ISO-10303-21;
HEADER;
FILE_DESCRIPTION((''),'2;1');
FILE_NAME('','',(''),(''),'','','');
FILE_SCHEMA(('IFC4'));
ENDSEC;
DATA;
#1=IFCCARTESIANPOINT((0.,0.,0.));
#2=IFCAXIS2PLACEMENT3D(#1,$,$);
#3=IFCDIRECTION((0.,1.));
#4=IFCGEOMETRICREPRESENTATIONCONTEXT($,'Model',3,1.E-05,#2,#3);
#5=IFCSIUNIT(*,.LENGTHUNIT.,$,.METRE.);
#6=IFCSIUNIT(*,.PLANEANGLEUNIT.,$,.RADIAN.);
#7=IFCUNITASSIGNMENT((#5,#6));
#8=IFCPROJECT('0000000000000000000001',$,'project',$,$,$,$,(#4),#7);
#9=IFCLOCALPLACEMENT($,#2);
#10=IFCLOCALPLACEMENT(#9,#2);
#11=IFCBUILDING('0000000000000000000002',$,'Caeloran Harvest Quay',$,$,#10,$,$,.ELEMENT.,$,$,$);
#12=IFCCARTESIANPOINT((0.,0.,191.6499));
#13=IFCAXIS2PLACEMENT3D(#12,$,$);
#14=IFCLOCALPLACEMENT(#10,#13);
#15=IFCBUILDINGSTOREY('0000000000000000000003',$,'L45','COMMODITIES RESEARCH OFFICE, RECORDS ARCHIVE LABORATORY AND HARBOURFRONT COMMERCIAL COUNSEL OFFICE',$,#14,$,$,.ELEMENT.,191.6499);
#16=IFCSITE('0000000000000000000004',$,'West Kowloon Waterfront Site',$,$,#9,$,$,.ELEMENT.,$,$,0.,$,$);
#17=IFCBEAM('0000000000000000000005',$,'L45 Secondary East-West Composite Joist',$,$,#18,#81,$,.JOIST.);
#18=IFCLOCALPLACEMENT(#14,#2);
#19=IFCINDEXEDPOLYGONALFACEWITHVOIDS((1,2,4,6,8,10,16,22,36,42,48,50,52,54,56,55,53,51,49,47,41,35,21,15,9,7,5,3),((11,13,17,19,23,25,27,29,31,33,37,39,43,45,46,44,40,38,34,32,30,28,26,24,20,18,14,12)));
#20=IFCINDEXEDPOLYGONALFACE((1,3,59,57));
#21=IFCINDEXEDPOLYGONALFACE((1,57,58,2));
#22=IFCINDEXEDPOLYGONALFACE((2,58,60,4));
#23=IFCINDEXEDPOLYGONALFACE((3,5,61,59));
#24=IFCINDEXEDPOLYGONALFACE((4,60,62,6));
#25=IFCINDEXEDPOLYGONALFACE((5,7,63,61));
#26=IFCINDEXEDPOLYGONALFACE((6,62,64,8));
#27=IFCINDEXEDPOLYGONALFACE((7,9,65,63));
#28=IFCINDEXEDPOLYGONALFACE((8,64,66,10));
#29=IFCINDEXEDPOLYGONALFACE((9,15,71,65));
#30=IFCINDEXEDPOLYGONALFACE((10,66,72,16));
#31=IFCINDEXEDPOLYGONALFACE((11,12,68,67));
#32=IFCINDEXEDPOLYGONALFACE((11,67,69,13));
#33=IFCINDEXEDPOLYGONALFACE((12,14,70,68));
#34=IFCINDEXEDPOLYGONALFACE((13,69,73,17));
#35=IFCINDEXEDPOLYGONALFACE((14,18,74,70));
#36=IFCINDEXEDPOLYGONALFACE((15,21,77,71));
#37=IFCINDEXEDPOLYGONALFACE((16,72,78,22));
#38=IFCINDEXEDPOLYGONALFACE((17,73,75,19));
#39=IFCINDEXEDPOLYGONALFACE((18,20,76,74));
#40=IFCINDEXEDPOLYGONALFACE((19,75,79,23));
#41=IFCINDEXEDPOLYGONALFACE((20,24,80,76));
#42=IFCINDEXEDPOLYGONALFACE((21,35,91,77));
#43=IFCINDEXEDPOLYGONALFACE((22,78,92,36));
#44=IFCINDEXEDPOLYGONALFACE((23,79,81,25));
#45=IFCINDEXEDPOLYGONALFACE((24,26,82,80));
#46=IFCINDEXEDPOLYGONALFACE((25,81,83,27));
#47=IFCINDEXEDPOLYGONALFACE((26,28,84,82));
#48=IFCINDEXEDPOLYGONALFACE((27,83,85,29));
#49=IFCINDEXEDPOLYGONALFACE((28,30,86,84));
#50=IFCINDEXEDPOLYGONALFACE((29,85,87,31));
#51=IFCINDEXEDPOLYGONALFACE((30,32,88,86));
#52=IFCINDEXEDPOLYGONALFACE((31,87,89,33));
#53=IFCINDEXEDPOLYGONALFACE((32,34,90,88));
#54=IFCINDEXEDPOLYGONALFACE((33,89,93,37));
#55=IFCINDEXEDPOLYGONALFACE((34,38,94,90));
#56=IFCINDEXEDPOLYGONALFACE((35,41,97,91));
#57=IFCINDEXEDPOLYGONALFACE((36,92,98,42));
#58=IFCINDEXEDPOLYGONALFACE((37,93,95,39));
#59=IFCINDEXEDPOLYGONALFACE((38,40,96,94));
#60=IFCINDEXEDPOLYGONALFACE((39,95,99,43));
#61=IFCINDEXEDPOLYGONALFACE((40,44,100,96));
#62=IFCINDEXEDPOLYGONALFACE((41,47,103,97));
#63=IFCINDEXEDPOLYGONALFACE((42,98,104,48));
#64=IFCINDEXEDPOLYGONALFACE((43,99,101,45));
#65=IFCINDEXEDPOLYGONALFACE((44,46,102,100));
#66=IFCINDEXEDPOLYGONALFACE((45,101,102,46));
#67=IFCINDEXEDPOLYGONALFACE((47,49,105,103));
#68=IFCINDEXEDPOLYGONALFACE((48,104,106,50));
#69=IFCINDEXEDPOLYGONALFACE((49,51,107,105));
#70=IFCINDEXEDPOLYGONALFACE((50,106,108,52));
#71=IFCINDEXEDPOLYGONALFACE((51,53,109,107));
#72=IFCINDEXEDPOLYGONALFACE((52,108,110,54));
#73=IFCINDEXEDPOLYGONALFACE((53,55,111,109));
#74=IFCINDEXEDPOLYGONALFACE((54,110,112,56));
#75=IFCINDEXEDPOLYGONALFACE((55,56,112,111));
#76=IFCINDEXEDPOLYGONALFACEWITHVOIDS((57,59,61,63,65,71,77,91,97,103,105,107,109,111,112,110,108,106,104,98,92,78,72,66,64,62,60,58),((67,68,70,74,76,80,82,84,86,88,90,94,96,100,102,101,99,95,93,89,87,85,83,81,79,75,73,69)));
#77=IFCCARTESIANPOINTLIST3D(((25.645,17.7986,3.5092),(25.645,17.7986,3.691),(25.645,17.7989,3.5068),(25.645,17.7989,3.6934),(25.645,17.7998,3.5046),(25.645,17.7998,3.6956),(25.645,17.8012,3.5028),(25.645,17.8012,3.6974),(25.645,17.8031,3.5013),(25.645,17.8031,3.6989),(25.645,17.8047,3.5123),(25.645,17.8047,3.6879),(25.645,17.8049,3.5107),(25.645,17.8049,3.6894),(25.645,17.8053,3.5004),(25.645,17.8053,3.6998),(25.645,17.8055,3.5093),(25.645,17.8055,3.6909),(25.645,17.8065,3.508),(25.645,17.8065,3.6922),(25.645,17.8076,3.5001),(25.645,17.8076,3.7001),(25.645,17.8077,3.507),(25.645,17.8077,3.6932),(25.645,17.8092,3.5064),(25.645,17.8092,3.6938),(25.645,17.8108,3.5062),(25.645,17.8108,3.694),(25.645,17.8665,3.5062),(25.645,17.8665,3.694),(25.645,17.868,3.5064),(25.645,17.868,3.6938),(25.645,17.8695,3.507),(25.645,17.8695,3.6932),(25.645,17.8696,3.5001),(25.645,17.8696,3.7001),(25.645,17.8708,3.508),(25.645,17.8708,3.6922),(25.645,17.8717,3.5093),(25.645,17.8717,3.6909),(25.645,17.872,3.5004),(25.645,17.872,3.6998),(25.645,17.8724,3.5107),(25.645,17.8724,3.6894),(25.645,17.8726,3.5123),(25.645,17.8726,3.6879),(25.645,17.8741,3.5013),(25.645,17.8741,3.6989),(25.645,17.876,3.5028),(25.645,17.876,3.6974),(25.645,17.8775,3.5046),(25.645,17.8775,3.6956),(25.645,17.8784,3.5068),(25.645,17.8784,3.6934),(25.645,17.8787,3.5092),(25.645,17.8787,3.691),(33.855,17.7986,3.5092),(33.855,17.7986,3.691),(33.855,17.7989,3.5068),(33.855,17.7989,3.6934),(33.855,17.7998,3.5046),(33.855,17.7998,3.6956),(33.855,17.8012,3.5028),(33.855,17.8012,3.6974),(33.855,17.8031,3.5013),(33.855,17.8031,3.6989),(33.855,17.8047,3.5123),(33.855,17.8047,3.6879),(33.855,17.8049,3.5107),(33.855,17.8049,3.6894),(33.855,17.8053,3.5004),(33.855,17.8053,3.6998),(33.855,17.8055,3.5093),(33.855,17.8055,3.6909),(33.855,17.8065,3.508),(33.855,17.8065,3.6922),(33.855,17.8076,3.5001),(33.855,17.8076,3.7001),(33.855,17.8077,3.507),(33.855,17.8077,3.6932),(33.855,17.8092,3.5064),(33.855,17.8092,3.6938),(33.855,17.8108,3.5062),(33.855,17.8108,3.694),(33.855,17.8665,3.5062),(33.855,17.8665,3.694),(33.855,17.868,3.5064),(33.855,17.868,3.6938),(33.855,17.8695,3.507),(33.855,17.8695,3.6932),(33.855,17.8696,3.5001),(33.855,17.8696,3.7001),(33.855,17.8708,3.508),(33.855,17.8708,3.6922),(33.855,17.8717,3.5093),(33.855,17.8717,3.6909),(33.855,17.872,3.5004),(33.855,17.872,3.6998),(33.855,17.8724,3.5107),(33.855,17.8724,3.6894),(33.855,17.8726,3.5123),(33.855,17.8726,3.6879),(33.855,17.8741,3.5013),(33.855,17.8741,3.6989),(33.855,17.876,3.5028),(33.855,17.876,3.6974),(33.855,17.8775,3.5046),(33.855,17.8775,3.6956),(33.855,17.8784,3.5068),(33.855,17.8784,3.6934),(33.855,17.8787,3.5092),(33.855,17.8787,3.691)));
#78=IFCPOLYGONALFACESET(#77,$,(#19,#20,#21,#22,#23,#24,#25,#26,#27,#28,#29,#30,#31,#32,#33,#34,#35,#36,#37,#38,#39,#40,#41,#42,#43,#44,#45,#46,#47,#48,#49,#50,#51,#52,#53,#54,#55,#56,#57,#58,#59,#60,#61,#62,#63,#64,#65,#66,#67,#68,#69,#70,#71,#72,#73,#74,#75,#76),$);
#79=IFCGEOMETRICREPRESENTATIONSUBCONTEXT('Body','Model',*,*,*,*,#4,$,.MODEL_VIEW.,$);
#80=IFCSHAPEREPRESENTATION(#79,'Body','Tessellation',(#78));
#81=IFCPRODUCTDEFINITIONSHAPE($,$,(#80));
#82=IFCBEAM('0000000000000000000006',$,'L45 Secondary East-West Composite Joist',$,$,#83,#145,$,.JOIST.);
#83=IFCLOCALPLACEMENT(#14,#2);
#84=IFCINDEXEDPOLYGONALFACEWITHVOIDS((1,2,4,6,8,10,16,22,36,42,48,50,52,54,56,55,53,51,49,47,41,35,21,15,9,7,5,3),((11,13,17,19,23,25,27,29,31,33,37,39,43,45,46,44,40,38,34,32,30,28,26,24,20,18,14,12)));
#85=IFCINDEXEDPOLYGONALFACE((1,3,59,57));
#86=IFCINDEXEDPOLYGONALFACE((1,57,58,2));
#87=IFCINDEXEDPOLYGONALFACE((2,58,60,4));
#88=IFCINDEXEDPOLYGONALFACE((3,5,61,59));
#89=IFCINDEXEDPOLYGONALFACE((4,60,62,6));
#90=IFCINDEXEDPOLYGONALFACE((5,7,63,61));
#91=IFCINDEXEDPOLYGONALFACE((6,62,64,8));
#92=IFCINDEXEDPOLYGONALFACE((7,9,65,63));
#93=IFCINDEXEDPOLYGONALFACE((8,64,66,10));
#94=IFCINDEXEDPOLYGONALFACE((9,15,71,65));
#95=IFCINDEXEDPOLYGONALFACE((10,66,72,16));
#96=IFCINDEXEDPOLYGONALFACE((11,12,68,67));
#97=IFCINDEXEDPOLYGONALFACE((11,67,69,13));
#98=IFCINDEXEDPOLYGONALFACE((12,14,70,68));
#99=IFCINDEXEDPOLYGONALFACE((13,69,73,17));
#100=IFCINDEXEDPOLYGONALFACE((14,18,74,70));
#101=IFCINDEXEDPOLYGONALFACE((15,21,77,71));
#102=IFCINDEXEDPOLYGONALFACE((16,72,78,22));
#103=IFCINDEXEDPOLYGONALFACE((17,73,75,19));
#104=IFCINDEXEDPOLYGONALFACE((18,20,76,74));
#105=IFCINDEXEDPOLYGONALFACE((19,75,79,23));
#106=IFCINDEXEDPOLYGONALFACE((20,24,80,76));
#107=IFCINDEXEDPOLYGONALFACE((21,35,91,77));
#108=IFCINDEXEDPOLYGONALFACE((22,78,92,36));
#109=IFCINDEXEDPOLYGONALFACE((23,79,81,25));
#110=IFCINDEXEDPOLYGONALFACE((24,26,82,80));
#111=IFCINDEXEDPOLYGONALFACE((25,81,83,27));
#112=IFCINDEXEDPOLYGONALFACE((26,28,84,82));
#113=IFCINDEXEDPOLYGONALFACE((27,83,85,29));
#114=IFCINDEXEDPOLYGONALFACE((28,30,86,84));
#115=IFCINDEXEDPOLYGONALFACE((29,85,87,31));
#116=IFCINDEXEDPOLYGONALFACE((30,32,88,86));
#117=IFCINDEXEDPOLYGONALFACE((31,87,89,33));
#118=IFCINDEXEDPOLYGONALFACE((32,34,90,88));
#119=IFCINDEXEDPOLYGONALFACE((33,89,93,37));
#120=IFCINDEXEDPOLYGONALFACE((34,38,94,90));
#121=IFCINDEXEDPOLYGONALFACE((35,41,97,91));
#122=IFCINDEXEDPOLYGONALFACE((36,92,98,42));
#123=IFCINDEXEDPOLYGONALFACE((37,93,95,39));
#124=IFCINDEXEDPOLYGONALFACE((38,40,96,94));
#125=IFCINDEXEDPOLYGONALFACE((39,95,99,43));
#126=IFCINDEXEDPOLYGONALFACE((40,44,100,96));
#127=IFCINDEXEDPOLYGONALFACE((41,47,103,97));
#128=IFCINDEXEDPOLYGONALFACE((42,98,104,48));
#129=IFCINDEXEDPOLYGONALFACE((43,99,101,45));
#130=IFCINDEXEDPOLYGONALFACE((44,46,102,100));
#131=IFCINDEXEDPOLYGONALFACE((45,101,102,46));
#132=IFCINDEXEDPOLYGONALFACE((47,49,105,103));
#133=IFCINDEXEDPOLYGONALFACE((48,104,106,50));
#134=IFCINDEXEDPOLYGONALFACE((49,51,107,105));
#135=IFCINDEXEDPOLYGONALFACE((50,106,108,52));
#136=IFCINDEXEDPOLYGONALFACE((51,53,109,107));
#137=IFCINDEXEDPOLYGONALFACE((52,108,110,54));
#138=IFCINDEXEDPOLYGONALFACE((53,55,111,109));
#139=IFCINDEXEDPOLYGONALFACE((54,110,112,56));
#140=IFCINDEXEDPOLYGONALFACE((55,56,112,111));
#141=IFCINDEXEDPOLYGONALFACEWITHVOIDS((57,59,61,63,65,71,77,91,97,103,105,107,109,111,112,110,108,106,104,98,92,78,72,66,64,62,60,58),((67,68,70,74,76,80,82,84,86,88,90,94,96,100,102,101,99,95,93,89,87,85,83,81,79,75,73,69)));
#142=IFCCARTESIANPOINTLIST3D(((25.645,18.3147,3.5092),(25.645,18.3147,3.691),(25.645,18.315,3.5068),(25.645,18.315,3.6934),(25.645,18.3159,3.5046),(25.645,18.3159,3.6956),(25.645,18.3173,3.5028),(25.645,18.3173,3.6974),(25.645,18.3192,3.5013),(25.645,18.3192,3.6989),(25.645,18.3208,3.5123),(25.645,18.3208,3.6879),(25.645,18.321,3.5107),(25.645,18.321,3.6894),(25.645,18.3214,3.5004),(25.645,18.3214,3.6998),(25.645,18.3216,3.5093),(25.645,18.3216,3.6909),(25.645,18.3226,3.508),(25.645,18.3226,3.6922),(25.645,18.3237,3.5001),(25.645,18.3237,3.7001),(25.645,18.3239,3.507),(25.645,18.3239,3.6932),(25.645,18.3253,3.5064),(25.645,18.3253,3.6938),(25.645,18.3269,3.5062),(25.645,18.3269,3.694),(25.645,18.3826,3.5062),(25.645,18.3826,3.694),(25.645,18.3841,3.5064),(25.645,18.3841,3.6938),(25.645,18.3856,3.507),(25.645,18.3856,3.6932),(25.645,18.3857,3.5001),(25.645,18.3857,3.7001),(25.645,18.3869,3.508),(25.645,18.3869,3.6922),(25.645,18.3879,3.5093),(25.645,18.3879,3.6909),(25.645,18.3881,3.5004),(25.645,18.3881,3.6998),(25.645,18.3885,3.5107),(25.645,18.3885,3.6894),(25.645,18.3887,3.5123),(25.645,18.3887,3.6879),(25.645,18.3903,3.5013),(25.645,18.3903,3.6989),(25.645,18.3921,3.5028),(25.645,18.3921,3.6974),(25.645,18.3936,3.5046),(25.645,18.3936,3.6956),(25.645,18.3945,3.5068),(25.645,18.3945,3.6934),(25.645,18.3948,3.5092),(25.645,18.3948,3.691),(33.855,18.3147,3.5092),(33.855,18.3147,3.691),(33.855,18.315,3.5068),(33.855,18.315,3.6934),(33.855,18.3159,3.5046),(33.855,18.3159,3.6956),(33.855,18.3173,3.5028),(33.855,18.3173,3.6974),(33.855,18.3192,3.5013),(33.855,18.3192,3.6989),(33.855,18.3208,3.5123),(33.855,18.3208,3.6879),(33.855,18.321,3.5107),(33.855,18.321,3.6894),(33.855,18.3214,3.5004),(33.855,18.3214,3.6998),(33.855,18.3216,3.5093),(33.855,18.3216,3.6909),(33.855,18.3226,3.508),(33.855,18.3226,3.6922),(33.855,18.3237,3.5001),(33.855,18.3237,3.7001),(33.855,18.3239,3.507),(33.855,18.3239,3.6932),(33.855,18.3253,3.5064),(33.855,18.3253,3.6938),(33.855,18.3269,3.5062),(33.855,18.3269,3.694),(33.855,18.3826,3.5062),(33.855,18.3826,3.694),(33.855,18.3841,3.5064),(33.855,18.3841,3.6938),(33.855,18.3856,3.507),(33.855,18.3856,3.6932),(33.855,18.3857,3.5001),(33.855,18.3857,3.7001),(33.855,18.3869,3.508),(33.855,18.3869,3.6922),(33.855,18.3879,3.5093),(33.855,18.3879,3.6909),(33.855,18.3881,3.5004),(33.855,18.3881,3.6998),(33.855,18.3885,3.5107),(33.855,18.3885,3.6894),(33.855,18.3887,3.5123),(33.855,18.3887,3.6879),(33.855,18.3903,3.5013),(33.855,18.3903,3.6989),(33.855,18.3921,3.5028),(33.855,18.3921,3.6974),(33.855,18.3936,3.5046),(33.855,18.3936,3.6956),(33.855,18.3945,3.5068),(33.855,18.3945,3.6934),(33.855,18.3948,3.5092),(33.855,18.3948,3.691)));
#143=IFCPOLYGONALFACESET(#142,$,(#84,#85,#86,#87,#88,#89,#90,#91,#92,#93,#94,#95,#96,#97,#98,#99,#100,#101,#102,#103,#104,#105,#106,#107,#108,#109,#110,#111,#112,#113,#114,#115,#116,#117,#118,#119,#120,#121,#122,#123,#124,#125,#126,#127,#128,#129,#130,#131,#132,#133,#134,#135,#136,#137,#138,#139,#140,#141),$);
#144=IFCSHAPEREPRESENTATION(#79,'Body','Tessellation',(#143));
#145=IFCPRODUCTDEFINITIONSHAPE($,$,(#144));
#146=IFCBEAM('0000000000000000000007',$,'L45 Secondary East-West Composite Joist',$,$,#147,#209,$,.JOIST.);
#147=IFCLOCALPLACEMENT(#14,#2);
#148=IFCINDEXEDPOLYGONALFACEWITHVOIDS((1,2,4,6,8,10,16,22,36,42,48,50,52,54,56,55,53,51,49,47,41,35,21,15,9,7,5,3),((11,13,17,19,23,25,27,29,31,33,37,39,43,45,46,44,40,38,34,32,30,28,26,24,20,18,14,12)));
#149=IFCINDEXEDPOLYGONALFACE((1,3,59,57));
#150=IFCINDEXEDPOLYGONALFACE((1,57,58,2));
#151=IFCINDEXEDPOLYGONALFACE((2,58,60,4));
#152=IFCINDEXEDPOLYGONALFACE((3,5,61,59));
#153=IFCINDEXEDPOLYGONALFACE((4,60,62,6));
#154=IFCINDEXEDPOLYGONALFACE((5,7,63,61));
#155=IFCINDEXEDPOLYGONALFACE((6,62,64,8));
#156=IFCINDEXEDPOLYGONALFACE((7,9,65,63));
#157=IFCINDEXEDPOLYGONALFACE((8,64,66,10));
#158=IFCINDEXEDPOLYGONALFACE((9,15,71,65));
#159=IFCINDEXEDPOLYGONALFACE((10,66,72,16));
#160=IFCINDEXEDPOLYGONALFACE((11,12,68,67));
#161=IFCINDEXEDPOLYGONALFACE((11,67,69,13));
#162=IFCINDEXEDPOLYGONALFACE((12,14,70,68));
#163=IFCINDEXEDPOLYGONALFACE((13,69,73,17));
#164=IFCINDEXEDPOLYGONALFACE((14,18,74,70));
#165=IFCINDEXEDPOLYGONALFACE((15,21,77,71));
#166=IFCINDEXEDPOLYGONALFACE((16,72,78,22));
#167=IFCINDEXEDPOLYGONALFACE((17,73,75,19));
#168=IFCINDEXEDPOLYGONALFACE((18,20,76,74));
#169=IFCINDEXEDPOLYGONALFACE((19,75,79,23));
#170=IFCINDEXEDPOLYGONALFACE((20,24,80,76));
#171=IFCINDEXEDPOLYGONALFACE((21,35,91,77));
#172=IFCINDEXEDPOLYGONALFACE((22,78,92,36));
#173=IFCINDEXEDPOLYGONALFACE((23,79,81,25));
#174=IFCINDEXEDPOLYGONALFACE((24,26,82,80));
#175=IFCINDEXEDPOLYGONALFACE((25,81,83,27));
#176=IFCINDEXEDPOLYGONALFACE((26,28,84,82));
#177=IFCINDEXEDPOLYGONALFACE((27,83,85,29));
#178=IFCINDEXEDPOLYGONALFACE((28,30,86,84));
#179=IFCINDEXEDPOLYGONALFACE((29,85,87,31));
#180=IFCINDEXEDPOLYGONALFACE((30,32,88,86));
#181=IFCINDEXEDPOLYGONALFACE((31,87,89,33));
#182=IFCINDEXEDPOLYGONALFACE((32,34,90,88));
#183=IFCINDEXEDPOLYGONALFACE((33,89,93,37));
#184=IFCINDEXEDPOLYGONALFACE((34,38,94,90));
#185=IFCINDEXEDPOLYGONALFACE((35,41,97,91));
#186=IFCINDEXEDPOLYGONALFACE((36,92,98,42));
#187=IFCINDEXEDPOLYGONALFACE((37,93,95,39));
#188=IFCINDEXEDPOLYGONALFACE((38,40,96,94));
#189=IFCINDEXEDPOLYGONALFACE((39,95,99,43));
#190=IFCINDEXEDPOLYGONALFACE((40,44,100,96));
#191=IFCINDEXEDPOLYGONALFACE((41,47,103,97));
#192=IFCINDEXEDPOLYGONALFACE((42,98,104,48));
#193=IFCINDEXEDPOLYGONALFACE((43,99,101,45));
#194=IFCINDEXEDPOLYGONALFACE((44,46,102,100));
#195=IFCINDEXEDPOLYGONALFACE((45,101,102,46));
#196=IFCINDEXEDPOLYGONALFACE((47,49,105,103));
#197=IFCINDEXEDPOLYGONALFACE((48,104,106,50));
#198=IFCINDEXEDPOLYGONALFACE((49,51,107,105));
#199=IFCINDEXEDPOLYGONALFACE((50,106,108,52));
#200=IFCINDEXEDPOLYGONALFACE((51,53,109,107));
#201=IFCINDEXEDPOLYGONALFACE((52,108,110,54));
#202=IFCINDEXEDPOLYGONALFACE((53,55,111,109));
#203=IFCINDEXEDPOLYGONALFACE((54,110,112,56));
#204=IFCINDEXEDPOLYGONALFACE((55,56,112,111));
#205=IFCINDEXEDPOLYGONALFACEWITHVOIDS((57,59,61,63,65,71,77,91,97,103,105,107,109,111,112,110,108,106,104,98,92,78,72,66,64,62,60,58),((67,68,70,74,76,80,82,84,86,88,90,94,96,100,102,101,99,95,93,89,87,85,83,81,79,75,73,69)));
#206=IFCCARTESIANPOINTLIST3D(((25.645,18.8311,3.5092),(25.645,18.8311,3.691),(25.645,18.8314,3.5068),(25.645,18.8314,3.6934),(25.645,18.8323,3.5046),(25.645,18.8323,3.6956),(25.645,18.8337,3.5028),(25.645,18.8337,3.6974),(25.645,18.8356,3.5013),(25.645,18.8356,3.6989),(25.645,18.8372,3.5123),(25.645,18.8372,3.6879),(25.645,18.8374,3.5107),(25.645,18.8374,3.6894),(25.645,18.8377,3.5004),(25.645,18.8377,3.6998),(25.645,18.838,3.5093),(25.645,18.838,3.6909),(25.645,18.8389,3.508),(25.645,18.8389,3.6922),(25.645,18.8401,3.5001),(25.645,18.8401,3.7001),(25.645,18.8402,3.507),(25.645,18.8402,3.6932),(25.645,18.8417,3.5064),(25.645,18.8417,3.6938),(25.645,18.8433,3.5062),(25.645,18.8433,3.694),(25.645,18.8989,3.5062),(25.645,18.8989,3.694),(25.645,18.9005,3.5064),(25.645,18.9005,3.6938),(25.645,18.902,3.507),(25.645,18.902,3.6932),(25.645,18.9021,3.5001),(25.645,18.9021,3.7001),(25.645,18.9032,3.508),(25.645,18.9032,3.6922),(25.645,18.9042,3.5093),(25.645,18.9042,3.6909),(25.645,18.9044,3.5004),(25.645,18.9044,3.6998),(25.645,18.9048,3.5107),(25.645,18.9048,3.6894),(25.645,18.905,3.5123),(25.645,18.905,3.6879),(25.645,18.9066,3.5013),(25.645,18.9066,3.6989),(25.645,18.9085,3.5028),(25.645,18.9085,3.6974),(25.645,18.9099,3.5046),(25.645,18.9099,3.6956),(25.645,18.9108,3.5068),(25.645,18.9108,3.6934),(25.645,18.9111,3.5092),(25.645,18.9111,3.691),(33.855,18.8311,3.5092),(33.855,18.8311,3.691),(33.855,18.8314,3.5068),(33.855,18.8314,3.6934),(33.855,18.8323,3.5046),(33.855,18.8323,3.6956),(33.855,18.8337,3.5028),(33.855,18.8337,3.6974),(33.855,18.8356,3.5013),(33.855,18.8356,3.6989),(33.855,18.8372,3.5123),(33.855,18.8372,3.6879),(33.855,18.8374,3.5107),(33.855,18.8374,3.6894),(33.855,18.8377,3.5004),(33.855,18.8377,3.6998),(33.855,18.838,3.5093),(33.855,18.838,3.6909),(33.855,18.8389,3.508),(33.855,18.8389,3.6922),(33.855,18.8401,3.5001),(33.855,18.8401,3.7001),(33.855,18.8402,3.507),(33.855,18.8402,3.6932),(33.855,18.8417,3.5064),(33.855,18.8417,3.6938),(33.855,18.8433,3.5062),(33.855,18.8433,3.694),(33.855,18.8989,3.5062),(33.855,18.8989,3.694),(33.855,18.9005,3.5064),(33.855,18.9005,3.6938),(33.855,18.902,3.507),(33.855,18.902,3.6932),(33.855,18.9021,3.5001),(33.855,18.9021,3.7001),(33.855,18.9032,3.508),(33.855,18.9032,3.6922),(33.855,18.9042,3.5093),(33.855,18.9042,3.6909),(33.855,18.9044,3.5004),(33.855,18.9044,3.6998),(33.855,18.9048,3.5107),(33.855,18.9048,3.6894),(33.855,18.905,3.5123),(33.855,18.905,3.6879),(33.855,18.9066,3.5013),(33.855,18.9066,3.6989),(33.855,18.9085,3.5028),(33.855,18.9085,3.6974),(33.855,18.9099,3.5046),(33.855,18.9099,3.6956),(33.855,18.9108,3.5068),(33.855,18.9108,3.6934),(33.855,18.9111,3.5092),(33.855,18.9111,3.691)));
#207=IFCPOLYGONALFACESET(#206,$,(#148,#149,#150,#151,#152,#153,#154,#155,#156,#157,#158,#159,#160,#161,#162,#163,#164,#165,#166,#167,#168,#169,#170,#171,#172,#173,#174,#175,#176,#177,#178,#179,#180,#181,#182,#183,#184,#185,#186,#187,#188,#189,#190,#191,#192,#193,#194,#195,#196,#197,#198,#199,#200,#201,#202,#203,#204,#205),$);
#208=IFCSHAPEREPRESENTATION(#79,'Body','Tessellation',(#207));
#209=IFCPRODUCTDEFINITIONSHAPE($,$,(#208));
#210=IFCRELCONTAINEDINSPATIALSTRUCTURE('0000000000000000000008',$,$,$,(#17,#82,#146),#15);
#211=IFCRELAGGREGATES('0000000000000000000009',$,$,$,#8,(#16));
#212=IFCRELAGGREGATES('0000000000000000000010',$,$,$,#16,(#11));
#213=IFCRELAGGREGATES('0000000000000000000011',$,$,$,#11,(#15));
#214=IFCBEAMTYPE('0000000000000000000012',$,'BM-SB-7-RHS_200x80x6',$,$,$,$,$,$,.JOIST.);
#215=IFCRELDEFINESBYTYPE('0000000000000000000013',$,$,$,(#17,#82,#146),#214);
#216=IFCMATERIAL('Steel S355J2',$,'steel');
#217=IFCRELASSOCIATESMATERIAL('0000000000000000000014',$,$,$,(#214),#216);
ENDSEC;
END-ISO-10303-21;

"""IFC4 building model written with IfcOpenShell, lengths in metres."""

from ifc_helpers import new_model, si_unit, direction, frame, origin, origin_2d, place, context, subcontext, project, spatial, hollow_rectangle, extrude, material, material_profile, profile_set, type_object, element, save


model = new_model("IFC4")

# Units and contexts
model_context = context("Model", 3, precision=1e-05, world=origin(), true_north=direction((0.0, 1.0)))
body_context = subcontext(model_context, "Body", "Model", "MODEL_VIEW")
ifc_project = project(units=[si_unit("LENGTHUNIT", "METRE"), si_unit("PLANEANGLEUNIT", "RADIAN")], contexts=[model_context])

# Site, building, storey
site_placement = place(None, origin())
site = spatial("IfcSite", under=ifc_project, at=site_placement, Name="West Kowloon Waterfront Site", CompositionType="ELEMENT", RefElevation=0.0)
building_placement = place(site_placement, origin())
building = spatial("IfcBuilding", under=site, at=building_placement, Name="Caeloran Harvest Quay", CompositionType="ELEMENT")
storey_placement = place(building_placement, frame((0.0, 0.0, 191.6499)))
storey = spatial("IfcBuildingStorey", under=building, at=storey_placement, Name="L45", Description="COMMODITIES RESEARCH OFFICE, RECORDS ARCHIVE LABORATORY AND HARBOURFRONT COMMERCIAL COUNSEL OFFICE", CompositionType="ELEMENT", Elevation=191.6499)

# Beams
ifc_material_1 = material(Name="Steel S355J2", Category="steel")
ifc_material_profile_1 = material_profile(ifc_material_1, hollow_rectangle(XDim=0.0801, YDim=0.2, WallThickness=0.0061, InnerFilletRadius=0.0061, OuterFilletRadius=0.009, at=origin_2d()), Name="RHS 200x80x6")
ifc_profile_set_1 = profile_set([ifc_material_profile_1], Name="Steel S355J2")
beam_type_1 = type_object("IfcBeamType", Name="BM-SB-7-RHS_200x80x6", PredefinedType="JOIST", material=ifc_profile_set_1)
for number, where, z_axis, x_axis, name in (
    (1, (25.645, 17.8386, 3.6001), (1.0, 0.0, 0.0), (0.0, 1.0, 0.0), "L45 Secondary East-West Composite Joist"),
    (2, (25.645, 18.3547, 3.6001), (1.0, 0.0, 0.0), (0.0, 1.0, 0.0), "L45 Secondary East-West Composite Joist"),
    (3, (25.645, 18.8711, 3.6001), (1.0, 0.0, 0.0), (0.0, 1.0, 0.0), "L45 Secondary East-West Composite Joist"),
):
    element("IfcBeam", number, at=place(storey_placement, frame(where, z_axis=z_axis, x_axis=x_axis)), inside=storey, type_object=beam_type_1, Name=name, PredefinedType="JOIST", context=body_context, shape_type="SweptSolid", body=[
        extrude(hollow_rectangle(XDim=0.0801, YDim=0.2, WallThickness=0.0061, InnerFilletRadius=0.0061, OuterFilletRadius=0.009, at=origin_2d()), origin(), (0.0, 0.0, 1.0), 8.21),
    ])

save(model, "model.ifc")
